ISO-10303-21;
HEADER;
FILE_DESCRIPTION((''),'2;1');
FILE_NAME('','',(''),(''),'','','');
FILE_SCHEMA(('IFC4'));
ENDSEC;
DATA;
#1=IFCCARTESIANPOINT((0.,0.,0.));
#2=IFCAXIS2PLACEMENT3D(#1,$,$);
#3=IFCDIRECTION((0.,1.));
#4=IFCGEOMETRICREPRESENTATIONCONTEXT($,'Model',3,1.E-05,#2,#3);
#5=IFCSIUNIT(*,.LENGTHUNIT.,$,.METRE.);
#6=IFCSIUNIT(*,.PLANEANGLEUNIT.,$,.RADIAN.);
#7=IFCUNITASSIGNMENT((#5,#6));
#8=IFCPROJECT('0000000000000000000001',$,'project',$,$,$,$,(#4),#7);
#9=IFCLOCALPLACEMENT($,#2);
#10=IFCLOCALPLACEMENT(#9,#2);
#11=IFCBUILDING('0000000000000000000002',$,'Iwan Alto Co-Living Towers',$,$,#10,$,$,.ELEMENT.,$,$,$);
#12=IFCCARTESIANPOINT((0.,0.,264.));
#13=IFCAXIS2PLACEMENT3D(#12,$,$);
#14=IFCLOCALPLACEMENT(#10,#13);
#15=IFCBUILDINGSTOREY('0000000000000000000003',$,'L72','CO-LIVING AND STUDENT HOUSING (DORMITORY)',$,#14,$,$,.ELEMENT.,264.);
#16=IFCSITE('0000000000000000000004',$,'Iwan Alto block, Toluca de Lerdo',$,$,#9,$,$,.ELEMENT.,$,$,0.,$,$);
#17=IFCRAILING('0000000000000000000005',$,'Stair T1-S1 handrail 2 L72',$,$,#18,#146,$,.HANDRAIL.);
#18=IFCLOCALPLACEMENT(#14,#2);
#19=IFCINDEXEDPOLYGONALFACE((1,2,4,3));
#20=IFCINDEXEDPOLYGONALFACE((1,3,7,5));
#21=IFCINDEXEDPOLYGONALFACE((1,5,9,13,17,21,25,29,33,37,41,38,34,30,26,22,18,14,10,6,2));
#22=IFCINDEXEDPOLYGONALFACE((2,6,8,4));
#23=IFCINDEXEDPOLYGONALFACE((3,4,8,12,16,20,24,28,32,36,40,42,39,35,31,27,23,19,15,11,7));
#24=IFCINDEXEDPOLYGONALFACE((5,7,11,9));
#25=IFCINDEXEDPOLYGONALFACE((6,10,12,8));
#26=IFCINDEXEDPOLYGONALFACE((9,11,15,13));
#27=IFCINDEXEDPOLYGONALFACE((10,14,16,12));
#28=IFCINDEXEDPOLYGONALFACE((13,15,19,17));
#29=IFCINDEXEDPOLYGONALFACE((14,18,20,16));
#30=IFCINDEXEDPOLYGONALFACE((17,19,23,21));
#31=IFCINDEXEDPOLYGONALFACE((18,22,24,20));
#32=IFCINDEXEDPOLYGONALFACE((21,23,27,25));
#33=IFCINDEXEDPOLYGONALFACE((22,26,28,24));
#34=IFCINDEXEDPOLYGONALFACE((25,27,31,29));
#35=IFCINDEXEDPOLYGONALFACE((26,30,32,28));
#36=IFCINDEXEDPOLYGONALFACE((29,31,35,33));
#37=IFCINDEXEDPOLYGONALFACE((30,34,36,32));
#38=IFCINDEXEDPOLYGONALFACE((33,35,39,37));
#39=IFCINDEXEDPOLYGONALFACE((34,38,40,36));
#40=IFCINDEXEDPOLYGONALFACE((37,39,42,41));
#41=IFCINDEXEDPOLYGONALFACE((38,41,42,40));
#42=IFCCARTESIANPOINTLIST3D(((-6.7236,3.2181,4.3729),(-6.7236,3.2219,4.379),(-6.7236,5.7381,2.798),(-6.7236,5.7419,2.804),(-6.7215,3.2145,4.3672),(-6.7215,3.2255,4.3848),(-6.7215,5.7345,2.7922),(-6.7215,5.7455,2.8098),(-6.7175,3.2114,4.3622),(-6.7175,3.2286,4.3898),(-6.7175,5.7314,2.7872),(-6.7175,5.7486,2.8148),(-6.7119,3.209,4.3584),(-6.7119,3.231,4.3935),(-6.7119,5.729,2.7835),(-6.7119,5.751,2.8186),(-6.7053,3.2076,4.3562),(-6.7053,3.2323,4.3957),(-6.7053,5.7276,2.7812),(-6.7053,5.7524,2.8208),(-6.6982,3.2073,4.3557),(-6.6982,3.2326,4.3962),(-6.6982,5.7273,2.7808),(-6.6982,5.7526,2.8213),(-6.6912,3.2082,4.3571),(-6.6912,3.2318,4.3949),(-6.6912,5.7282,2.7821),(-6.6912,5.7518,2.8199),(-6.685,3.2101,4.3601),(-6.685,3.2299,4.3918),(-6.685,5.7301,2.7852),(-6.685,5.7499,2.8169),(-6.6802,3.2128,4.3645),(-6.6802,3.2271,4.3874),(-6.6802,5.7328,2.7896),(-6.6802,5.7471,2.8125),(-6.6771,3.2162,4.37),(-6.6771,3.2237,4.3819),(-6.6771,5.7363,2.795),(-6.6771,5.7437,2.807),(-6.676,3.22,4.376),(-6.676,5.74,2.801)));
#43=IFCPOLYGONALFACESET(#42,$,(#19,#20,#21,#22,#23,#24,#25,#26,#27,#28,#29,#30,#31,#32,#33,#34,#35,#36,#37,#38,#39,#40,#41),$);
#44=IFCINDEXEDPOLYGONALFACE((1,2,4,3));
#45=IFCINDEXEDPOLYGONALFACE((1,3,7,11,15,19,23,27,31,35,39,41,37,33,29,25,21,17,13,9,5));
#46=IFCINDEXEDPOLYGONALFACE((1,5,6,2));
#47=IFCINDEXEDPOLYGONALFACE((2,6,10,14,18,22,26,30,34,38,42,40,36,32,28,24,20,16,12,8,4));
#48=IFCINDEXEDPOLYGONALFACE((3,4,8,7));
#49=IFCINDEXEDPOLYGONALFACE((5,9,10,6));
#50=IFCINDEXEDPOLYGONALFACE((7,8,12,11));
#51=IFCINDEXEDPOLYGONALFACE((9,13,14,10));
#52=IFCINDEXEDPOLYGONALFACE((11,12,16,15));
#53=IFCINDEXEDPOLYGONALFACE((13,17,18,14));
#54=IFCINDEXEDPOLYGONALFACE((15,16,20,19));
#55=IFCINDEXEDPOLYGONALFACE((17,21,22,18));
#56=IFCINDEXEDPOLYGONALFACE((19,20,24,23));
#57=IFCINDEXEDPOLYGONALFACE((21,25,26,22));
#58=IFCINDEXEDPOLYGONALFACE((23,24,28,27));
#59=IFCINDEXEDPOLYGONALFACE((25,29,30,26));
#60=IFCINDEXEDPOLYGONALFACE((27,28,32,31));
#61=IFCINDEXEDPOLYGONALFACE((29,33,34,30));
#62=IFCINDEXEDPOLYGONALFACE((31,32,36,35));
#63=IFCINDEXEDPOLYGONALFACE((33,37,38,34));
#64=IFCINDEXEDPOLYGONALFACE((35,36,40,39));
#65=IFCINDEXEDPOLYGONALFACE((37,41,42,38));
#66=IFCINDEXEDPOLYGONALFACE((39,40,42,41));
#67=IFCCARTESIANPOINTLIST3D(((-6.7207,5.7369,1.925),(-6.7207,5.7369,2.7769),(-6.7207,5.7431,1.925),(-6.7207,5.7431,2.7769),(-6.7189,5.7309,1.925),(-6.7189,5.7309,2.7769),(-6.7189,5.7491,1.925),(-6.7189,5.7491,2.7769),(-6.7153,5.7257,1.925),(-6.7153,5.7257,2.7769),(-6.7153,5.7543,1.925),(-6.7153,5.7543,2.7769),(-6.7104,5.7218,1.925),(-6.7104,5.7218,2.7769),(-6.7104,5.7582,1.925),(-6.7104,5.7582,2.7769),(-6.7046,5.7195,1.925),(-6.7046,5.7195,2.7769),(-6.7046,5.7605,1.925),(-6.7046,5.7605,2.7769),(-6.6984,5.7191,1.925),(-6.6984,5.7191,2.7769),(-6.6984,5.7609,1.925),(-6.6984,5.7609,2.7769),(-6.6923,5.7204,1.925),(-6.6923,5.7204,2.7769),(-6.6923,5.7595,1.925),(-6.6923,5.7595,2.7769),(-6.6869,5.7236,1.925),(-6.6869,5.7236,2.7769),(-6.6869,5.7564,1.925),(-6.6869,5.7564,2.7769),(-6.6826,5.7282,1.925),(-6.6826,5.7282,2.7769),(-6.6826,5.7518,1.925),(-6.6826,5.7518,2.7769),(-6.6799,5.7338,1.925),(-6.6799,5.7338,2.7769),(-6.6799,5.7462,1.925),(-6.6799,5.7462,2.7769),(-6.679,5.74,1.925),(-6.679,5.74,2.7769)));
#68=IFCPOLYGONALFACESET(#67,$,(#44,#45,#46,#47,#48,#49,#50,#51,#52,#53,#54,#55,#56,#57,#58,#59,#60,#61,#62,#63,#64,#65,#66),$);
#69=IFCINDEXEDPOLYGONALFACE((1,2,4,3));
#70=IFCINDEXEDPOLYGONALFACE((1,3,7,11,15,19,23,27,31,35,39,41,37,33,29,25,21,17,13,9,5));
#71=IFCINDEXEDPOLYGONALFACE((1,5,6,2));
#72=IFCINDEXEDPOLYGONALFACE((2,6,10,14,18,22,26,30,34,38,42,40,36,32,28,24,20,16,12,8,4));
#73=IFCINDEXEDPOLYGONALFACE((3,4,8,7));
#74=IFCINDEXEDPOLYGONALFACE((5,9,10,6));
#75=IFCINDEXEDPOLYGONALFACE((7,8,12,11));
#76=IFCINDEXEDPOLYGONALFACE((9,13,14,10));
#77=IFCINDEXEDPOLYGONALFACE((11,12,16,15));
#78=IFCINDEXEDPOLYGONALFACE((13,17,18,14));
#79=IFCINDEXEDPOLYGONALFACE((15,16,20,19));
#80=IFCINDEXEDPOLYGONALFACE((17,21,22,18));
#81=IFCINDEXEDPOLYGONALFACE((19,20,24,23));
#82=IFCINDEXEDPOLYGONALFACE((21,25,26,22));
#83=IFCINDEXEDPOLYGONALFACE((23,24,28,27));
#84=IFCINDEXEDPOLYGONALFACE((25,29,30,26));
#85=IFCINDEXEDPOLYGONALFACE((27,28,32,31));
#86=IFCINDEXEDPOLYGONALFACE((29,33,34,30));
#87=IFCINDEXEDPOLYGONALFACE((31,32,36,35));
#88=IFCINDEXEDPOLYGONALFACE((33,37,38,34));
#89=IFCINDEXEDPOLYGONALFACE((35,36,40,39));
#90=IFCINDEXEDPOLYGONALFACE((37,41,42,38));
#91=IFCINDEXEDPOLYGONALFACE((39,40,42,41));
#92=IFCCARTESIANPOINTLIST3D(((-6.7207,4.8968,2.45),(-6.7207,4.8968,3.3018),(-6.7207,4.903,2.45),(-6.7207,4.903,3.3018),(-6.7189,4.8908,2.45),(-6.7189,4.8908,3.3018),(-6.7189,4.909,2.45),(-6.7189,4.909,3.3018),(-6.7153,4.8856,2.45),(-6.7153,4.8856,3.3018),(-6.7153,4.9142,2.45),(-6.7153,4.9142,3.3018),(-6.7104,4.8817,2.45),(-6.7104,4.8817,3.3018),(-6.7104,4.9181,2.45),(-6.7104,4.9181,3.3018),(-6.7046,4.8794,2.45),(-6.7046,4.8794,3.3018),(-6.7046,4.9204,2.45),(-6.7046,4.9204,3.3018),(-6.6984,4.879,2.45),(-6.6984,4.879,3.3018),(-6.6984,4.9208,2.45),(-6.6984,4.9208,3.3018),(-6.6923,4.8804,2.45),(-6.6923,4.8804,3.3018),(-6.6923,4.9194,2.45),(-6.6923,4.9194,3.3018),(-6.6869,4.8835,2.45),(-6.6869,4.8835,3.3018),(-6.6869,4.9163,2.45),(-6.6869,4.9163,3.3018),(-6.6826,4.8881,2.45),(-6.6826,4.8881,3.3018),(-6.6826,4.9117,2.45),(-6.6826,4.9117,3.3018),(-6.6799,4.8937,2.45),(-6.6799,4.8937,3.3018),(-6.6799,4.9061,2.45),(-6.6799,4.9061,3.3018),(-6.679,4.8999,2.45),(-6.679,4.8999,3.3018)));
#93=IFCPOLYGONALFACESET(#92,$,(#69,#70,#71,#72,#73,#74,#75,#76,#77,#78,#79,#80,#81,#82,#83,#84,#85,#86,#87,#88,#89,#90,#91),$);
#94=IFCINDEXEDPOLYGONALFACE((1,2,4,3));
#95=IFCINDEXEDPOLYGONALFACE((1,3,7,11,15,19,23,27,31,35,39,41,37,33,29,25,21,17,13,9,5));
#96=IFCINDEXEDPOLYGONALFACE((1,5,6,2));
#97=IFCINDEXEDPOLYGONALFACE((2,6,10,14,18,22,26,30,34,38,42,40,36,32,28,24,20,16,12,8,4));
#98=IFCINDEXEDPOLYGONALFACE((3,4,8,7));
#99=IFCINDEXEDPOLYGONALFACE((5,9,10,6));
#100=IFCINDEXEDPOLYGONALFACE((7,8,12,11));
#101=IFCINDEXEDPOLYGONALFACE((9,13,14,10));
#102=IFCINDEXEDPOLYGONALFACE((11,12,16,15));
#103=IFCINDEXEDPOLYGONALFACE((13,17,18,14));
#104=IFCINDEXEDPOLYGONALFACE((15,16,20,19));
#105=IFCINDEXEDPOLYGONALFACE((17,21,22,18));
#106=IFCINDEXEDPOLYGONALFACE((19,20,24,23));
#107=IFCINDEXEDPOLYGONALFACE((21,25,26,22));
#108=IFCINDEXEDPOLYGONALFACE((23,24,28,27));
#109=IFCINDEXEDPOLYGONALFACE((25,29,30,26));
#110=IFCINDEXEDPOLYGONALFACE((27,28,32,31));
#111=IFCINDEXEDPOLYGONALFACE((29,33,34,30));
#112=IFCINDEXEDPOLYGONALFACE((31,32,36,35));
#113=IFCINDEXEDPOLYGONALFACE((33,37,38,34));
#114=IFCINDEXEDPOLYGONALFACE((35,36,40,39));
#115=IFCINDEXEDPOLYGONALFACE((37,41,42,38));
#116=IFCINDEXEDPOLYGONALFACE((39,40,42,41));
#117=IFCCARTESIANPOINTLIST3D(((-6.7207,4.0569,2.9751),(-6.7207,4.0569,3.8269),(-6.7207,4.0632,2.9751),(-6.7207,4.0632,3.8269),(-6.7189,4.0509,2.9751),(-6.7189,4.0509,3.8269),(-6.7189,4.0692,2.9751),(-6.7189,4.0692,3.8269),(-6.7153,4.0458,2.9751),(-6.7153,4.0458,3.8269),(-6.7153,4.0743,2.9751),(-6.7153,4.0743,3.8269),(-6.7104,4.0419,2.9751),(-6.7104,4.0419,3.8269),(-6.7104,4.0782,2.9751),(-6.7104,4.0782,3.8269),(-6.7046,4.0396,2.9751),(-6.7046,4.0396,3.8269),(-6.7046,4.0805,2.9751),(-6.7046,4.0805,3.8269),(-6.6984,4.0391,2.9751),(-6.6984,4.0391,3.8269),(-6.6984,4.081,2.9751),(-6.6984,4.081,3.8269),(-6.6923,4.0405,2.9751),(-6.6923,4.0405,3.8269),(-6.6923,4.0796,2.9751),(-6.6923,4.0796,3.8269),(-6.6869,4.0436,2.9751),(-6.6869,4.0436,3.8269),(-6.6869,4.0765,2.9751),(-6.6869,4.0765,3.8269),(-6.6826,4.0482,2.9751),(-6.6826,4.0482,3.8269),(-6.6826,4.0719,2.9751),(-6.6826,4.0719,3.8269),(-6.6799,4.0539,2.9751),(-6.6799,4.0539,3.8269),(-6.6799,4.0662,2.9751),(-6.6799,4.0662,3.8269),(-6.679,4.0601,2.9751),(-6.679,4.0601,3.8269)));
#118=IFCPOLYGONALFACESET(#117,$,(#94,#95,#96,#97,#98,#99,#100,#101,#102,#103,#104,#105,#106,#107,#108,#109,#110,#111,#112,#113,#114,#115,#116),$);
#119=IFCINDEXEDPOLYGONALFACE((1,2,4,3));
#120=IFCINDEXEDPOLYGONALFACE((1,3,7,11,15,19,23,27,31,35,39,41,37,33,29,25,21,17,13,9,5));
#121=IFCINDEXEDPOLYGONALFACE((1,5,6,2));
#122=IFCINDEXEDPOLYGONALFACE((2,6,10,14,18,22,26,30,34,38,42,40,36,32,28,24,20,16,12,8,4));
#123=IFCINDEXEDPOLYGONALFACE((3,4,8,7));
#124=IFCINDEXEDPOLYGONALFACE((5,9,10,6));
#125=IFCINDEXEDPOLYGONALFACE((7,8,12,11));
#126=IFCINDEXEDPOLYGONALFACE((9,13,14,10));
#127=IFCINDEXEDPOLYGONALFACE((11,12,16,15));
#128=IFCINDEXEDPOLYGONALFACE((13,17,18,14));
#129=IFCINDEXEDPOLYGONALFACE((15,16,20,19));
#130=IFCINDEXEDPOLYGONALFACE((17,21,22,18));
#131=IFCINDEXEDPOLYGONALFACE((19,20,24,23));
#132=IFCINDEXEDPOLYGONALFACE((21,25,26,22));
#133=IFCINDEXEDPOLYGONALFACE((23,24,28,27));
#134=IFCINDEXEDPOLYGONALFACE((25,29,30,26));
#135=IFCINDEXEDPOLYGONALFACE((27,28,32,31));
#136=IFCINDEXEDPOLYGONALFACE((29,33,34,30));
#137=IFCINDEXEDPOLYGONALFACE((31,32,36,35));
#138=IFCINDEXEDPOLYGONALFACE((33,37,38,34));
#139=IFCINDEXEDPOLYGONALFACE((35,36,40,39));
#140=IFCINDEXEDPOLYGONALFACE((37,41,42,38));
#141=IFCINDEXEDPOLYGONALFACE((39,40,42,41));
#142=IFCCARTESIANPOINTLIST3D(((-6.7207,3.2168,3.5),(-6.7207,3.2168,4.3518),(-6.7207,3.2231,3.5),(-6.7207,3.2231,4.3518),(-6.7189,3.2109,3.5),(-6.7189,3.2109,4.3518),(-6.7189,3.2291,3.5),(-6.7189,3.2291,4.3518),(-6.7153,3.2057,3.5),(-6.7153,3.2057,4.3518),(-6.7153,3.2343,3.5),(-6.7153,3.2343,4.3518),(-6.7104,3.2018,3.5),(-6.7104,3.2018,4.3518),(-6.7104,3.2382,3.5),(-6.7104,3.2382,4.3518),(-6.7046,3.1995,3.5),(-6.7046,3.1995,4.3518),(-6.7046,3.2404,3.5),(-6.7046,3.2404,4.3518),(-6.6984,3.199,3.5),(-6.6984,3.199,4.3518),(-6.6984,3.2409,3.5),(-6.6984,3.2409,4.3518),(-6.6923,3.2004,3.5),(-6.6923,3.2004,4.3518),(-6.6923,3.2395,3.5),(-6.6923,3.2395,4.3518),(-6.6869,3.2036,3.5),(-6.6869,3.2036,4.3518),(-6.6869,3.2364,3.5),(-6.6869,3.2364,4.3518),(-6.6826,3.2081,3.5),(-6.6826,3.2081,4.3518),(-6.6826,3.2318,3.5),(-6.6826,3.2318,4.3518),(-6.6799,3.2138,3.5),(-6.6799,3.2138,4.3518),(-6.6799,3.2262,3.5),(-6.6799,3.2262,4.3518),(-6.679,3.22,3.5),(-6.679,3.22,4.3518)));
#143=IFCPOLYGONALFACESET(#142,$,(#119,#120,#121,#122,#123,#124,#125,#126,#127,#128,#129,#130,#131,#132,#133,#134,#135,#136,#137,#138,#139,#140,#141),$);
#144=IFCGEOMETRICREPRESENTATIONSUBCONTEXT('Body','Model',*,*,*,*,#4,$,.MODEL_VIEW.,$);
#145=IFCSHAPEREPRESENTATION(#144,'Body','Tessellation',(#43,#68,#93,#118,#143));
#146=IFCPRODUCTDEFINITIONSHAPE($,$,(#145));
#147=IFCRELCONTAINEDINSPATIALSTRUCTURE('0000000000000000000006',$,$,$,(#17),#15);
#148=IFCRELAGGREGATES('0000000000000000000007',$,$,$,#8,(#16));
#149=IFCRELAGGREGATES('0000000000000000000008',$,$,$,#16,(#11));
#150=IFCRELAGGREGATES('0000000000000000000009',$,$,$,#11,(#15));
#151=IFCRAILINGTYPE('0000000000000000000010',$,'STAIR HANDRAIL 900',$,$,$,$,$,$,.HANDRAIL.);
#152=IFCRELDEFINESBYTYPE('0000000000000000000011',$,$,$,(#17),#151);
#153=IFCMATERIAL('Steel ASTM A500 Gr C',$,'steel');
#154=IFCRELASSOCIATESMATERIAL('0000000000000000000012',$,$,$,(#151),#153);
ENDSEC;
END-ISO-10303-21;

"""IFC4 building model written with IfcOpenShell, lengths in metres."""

from ifc_helpers import new_model, si_unit, direction, frame, origin, origin_2d, place, context, subcontext, project, spatial, circle, extrude, material, type_object, element, save


model = new_model("IFC4")

# Units and contexts
model_context = context("Model", 3, precision=1e-05, world=origin(), true_north=direction((0.0, 1.0)))
body_context = subcontext(model_context, "Body", "Model", "MODEL_VIEW")
ifc_project = project(units=[si_unit("LENGTHUNIT", "METRE"), si_unit("PLANEANGLEUNIT", "RADIAN")], contexts=[model_context])

# Site, building, storey
site_placement = place(None, origin())
site = spatial("IfcSite", under=ifc_project, at=site_placement, Name="Iwan Alto block, Toluca de Lerdo", CompositionType="ELEMENT", RefElevation=0.0)
building_placement = place(site_placement, origin())
building = spatial("IfcBuilding", under=site, at=building_placement, Name="Iwan Alto Co-Living Towers", CompositionType="ELEMENT")
storey_placement = place(building_placement, frame((0.0, 0.0, 264.0)))
storey = spatial("IfcBuildingStorey", under=building, at=storey_placement, Name="L72", Description="CO-LIVING AND STUDENT HOUSING (DORMITORY)", CompositionType="ELEMENT", Elevation=264.0)

# Railing
ifc_material_1 = material(Name="Steel ASTM A500 Gr C", Category="steel")
railing_type = type_object("IfcRailingType", Name="STAIR HANDRAIL 900", PredefinedType="HANDRAIL", material=ifc_material_1)
railing_1_placement = place(storey_placement, frame((-6.7, 5.74, 1.925)))
element("IfcRailing", 1, at=railing_1_placement, inside=storey, type_object=railing_type, Name="Stair T1-S1 handrail 2 L72", PredefinedType="HANDRAIL", context=body_context, shape_type="SweptSolid", body=[
    extrude(circle(Radius=0.0239, at=origin_2d()), frame((0.0, 0.0, 0.876), z_axis=(0.0, -0.848008, 0.529984), x_axis=(1.0, 0.0, 0.0)), (0.0, 0.0, 1.0), 2.9717),
    extrude(circle(Radius=0.021, at=origin_2d()), origin(), (0.0, 0.0, 1.0), 0.8518),
    extrude(circle(Radius=0.021, at=origin_2d()), frame((0.0, -0.8401, 0.5249)), (0.0, 0.0, 1.0), 0.8518),
    extrude(circle(Radius=0.021, at=origin_2d()), frame((0.0, -1.6799, 1.05)), (0.0, 0.0, 1.0), 0.8518),
    extrude(circle(Radius=0.021, at=origin_2d()), frame((0.0, -2.52, 1.575)), (0.0, 0.0, 1.0), 0.8518),
])

save(model, "model.ifc")
